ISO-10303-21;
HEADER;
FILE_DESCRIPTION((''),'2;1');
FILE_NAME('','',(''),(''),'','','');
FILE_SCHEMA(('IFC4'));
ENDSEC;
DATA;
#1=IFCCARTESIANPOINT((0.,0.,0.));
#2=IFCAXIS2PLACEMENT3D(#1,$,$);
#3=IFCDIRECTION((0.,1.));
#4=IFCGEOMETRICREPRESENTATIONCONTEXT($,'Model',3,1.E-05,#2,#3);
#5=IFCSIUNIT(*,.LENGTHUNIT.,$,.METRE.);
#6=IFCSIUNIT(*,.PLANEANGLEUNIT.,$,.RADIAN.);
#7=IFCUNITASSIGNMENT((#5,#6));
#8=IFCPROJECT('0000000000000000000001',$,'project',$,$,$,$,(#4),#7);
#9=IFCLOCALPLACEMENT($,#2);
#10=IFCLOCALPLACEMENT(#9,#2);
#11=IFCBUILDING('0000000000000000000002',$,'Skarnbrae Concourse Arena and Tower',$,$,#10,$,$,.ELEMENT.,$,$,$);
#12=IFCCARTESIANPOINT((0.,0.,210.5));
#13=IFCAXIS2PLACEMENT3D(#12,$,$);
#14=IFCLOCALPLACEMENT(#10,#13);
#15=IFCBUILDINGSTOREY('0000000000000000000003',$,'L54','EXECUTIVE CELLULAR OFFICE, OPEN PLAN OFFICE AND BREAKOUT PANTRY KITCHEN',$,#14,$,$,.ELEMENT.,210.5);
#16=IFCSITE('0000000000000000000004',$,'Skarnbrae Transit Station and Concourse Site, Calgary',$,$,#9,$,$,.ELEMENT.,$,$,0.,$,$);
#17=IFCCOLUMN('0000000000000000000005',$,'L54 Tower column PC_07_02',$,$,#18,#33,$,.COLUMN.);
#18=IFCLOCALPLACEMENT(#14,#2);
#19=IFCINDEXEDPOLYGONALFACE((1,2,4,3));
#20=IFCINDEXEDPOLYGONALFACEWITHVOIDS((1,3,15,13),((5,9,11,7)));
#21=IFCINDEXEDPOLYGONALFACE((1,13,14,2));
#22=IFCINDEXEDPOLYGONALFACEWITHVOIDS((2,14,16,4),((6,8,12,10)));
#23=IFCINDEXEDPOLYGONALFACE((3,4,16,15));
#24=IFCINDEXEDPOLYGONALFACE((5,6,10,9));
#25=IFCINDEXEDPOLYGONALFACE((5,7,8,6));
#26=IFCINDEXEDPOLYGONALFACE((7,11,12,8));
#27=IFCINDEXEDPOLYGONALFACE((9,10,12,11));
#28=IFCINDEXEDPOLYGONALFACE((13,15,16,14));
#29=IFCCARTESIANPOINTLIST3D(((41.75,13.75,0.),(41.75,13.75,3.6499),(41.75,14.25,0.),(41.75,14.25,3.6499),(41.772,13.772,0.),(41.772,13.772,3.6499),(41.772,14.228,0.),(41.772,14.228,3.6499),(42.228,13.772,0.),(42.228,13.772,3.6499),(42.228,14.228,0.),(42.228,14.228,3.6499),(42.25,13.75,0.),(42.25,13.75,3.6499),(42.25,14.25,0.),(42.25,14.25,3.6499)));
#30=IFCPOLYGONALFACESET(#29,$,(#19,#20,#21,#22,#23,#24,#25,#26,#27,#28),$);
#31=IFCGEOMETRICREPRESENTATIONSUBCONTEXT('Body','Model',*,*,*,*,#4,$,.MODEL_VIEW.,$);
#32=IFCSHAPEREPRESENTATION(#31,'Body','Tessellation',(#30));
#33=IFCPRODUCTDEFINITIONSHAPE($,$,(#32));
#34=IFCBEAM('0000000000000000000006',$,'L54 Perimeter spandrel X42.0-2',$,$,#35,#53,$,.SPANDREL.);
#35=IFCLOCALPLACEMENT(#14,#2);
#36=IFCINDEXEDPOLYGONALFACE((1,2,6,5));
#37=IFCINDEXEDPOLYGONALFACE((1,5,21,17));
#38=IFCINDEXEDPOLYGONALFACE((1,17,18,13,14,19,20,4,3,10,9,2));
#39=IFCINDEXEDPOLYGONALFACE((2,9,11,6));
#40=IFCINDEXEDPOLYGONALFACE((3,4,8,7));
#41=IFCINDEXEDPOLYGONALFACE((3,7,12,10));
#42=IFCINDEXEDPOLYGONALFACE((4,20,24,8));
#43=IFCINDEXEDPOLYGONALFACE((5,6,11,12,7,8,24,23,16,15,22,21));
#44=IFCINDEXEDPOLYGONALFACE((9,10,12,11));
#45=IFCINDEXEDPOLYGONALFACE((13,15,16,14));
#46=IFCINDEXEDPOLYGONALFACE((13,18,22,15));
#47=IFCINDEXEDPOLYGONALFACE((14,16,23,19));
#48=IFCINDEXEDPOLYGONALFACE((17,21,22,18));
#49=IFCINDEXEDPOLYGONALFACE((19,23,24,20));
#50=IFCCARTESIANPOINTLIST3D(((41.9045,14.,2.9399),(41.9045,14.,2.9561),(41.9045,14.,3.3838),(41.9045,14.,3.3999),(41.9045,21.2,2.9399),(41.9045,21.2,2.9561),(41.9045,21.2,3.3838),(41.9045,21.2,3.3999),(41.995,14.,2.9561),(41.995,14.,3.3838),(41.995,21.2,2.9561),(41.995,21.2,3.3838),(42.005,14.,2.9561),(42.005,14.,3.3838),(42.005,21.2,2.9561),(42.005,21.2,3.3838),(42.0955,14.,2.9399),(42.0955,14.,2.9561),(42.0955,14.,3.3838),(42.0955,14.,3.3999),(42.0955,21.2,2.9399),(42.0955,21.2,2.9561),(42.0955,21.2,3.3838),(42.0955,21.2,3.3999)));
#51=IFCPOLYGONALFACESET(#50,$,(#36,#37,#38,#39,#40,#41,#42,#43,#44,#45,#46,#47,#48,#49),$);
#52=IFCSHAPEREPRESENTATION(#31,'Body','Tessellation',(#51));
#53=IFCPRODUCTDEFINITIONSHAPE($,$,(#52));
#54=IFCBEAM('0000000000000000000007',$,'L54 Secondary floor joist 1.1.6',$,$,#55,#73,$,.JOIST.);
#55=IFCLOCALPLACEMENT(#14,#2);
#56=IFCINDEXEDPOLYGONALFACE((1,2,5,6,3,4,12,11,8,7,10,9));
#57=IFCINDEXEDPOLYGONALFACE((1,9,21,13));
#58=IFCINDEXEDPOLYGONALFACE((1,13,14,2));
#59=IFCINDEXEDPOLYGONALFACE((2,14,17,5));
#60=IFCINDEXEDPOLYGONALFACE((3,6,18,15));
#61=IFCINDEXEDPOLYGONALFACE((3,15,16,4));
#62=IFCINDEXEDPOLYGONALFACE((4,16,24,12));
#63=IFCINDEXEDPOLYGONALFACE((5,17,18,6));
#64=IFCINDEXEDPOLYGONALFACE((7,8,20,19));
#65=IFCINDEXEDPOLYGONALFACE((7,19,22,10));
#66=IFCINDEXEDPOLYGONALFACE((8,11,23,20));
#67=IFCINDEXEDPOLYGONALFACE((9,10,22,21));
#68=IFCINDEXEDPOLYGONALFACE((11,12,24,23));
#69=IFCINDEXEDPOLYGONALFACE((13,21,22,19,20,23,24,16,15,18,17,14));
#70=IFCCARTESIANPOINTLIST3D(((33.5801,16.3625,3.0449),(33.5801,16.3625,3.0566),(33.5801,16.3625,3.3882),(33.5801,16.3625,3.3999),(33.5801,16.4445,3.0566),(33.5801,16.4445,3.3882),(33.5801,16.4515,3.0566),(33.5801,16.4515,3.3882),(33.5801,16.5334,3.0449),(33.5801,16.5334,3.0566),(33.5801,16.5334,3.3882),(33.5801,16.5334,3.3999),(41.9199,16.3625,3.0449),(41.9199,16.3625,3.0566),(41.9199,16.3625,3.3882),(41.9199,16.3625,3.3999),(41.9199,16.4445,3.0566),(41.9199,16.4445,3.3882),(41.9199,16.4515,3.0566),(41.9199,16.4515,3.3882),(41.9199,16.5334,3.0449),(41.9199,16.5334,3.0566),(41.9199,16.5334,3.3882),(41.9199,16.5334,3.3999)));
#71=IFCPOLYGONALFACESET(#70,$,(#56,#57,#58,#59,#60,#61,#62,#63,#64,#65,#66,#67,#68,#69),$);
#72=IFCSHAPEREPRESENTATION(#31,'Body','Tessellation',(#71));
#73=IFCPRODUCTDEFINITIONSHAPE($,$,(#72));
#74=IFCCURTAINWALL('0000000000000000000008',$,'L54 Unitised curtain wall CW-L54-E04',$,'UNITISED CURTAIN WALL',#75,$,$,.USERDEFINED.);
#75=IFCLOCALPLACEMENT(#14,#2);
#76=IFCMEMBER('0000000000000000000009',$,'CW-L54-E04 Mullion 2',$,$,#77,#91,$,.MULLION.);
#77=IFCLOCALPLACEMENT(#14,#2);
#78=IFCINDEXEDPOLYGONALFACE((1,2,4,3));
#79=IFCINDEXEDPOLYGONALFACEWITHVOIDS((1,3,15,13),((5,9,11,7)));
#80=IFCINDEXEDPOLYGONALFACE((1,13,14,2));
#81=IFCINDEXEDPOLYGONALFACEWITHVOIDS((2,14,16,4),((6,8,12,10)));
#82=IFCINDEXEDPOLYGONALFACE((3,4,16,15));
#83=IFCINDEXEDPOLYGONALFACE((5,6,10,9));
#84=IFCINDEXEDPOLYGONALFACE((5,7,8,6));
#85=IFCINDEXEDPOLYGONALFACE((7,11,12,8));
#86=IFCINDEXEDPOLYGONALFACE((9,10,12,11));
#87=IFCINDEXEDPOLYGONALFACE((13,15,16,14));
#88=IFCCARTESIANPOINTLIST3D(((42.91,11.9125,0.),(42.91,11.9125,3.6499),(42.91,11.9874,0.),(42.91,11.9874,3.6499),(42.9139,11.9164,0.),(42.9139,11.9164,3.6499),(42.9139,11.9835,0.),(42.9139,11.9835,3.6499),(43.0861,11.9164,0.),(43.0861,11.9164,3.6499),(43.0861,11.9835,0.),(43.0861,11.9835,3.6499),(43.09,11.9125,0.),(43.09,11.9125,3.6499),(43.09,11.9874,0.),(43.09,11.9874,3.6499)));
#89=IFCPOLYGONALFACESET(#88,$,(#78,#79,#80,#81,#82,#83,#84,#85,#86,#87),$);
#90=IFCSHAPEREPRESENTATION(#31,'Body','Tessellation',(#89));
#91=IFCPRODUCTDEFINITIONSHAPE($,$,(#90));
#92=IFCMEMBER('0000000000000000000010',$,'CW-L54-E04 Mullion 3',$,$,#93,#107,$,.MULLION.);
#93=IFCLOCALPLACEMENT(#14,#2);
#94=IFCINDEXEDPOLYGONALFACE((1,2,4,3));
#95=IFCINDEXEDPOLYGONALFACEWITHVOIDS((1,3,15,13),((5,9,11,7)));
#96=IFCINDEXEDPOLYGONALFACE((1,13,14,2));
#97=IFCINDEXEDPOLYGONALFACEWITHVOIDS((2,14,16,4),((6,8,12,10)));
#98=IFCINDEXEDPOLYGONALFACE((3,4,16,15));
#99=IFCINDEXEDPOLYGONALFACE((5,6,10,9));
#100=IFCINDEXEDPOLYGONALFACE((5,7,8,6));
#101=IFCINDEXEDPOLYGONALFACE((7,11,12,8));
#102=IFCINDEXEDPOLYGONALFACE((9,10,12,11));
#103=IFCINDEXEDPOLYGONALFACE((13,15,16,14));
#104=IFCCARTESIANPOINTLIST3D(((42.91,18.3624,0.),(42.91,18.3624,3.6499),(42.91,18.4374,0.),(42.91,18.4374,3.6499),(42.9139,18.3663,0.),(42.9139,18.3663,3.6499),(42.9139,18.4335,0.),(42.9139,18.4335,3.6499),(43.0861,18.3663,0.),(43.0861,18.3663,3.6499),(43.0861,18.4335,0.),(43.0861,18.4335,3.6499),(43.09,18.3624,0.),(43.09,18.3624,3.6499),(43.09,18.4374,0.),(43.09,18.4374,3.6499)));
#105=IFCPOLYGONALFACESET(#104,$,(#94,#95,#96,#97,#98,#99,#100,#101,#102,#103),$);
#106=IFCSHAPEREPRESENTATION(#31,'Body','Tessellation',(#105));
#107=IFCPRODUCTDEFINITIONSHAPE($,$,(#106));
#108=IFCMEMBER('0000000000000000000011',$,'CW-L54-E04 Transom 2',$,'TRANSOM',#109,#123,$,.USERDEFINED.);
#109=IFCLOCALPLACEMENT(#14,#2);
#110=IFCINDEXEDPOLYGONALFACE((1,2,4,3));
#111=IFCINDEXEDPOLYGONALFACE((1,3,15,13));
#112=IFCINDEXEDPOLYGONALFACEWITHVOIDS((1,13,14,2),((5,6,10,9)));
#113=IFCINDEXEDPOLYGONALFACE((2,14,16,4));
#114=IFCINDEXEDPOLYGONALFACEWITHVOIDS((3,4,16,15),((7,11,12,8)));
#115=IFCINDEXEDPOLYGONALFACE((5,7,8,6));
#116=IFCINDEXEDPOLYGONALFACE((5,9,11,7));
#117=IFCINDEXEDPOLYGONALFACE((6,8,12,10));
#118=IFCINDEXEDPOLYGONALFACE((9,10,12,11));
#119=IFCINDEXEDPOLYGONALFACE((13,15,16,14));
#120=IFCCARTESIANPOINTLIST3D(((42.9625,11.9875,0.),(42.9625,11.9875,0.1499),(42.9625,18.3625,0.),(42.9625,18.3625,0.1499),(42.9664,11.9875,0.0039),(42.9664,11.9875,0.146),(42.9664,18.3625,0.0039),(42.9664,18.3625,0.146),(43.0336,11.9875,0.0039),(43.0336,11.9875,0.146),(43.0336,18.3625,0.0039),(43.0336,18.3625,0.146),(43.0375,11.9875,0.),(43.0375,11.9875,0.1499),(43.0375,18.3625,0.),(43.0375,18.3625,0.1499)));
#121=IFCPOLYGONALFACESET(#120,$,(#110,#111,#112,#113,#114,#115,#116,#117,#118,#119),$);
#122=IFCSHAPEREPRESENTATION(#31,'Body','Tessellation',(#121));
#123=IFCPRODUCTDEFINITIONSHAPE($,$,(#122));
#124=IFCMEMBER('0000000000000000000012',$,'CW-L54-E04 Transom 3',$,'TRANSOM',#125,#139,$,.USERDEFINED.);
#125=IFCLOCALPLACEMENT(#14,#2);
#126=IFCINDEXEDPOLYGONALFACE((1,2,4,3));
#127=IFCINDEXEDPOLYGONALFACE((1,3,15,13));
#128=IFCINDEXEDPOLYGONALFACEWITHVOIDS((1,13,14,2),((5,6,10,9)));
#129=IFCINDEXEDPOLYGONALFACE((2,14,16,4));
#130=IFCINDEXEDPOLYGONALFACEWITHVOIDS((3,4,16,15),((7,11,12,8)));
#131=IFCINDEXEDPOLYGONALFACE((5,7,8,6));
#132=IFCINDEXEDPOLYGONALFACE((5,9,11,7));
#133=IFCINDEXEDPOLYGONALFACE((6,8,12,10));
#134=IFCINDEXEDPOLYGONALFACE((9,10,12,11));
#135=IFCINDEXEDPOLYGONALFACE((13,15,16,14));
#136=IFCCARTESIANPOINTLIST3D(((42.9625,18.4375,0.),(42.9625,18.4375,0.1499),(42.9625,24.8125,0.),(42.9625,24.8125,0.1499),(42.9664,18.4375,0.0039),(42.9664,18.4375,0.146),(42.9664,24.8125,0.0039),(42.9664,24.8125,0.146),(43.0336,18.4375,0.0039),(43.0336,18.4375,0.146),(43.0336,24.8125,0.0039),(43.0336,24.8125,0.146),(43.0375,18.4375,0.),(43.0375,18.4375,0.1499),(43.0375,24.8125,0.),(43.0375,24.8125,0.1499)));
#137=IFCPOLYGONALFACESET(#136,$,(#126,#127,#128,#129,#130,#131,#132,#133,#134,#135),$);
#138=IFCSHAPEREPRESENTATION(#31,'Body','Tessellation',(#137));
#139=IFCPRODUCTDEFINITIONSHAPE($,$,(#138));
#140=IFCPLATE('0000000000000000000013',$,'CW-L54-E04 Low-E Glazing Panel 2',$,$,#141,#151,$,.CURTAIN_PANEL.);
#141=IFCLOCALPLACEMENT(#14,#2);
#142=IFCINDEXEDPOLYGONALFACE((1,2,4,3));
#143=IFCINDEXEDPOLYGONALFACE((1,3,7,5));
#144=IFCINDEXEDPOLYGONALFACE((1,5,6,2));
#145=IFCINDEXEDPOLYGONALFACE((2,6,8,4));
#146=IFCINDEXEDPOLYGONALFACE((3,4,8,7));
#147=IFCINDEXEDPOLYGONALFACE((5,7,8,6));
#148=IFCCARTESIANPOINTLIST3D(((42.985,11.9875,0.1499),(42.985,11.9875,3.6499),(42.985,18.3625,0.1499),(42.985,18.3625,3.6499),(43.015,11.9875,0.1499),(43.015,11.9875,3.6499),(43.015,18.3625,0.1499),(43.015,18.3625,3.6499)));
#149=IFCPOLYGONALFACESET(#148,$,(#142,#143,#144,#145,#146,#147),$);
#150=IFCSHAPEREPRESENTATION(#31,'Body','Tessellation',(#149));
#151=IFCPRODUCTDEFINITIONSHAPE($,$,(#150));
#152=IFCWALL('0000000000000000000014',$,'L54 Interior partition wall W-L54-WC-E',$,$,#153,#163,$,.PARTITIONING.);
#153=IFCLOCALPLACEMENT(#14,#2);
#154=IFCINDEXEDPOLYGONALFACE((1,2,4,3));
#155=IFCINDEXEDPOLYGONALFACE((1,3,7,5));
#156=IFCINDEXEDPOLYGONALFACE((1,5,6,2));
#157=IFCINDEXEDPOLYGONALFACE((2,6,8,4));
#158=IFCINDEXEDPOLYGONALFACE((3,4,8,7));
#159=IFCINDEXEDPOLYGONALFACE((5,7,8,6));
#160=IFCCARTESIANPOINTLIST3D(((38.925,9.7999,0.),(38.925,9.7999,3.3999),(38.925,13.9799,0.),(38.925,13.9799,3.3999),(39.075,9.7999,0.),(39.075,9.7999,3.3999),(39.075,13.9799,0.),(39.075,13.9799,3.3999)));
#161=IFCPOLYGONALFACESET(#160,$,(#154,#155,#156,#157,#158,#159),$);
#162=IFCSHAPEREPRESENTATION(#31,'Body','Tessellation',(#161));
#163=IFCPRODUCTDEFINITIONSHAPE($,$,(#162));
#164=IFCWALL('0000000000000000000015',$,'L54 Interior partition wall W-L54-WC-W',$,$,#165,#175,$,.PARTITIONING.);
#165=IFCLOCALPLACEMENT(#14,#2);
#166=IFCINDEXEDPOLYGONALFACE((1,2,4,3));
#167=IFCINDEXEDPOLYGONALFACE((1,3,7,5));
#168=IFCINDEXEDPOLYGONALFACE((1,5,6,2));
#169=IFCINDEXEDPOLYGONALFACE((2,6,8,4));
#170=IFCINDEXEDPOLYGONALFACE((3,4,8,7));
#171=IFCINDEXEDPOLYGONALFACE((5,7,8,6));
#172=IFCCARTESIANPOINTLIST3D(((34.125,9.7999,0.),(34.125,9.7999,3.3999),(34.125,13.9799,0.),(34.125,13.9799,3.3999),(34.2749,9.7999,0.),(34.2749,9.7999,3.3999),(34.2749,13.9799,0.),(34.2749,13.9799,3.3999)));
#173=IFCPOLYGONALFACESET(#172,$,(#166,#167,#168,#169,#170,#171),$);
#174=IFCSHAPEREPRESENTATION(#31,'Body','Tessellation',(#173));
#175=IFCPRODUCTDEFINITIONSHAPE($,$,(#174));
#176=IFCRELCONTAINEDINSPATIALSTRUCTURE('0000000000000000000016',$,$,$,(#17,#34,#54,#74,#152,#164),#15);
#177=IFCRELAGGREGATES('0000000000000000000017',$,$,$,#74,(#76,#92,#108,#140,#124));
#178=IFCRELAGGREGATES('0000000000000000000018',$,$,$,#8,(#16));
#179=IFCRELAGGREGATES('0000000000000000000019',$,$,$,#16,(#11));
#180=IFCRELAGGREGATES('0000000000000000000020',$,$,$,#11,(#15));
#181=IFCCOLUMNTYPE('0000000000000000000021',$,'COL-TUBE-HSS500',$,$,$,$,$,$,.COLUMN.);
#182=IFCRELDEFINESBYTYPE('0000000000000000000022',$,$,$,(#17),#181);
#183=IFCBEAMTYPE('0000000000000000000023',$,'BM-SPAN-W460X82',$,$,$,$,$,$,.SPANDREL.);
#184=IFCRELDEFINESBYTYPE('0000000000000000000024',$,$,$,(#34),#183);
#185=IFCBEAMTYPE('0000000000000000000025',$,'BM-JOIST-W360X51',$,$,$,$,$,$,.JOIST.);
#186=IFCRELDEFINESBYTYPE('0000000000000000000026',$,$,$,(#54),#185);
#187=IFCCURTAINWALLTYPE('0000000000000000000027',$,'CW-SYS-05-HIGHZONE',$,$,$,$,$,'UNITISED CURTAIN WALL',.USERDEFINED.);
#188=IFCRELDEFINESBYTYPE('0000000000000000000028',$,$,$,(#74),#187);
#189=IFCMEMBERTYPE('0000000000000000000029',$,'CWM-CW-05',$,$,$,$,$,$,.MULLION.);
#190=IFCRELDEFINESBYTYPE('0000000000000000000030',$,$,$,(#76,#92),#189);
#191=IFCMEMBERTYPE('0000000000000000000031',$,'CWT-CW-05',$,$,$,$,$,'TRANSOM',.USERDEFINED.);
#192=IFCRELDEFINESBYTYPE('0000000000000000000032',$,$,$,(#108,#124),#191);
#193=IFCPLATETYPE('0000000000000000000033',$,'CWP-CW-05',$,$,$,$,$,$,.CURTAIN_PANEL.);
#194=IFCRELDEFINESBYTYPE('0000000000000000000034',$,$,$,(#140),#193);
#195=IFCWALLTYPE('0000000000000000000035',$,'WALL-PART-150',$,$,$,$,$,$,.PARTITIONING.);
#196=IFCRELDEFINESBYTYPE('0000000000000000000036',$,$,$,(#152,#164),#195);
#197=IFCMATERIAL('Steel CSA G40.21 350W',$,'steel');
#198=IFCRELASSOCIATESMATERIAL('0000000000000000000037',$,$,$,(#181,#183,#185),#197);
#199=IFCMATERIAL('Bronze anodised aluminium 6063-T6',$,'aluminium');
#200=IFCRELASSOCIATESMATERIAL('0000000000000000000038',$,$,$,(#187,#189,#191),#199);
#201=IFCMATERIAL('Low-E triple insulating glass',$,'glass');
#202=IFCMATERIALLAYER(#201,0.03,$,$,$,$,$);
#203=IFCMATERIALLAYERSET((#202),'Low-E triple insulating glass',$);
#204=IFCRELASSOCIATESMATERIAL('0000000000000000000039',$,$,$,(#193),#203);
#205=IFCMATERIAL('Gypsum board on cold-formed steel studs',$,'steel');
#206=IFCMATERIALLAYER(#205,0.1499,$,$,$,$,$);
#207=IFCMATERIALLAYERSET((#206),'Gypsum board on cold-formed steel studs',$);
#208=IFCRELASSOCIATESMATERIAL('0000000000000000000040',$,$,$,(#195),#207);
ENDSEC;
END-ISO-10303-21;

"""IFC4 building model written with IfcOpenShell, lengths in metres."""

from ifc_helpers import new_model, si_unit, direction, frame, frame_2d, origin, origin_2d, place, context, subcontext, project, spatial, rectangle, hollow_rectangle, i_section, extrude, source, transform, mapped, material, layer, layer_set, material_profile, profile_set, type_object, element, aggregate, save


model = new_model("IFC4")

# Units and contexts
model_context = context("Model", 3, precision=1e-05, world=origin(), true_north=direction((0.0, 1.0)))
body_context = subcontext(model_context, "Body", "Model", "MODEL_VIEW")
ifc_project = project(units=[si_unit("LENGTHUNIT", "METRE"), si_unit("PLANEANGLEUNIT", "RADIAN")], contexts=[model_context])

# Site, building, storey
site_placement = place(None, origin())
site = spatial("IfcSite", under=ifc_project, at=site_placement, Name="Skarnbrae Transit Station and Concourse Site, Calgary", CompositionType="ELEMENT", RefElevation=0.0)
building_placement = place(site_placement, origin())
building = spatial("IfcBuilding", under=site, at=building_placement, Name="Skarnbrae Concourse Arena and Tower", CompositionType="ELEMENT")
storey_placement = place(building_placement, frame((0.0, 0.0, 210.5)))
storey = spatial("IfcBuildingStorey", under=building, at=storey_placement, Name="L54", Description="EXECUTIVE CELLULAR OFFICE, OPEN PLAN OFFICE AND BREAKOUT PANTRY KITCHEN", CompositionType="ELEMENT", Elevation=210.5)

# Column
ifc_material_1 = material(Name="Steel CSA G40.21 350W", Category="steel")
ifc_material_profile_1 = material_profile(ifc_material_1, hollow_rectangle(XDim=0.5, YDim=0.5, WallThickness=0.022, at=origin_2d()), Name="HSS500X500X22.0")
ifc_profile_set_1 = profile_set([ifc_material_profile_1], Name="Steel CSA G40.21 350W")
column_type = type_object("IfcColumnType", Name="COL-TUBE-HSS500", PredefinedType="COLUMN", material=ifc_profile_set_1)
shared_shape_1 = source(origin(), body_context, "Body", "SweptSolid", [
    extrude(hollow_rectangle(XDim=0.5, YDim=0.5, WallThickness=0.022, at=origin_2d()), origin(), (0.0, 0.0, 1.0), 3.6499),
])
column_placement = place(storey_placement, frame((42.0, 14.0, 0.0), z_axis=(0.0, 0.0, 1.0), x_axis=(1.0, 0.0, 0.0)))
element("IfcColumn", 1, at=column_placement, inside=storey, type_object=column_type, Name="L54 Tower column PC_07_02", PredefinedType="COLUMN", context=body_context, shape_type="MappedRepresentation", body=[
    mapped(shared_shape_1, transform((0.0, 0.0, 0.0))),
])

# Beams
ifc_material_profile_2 = material_profile(ifc_material_1, i_section(OverallWidth=0.1909, OverallDepth=0.46, WebThickness=0.01, FlangeThickness=0.0161, at=origin_2d()), Name="W460X82")
ifc_profile_set_2 = profile_set([ifc_material_profile_2], Name="Steel CSA G40.21 350W")
beam_type_1 = type_object("IfcBeamType", Name="BM-SPAN-W460X82", PredefinedType="SPANDREL", material=ifc_profile_set_2)
shared_shape_2 = source(origin(), body_context, "Body", "SweptSolid", [
    extrude(i_section(OverallWidth=0.1909, OverallDepth=0.46, WebThickness=0.01, FlangeThickness=0.0161, at=origin_2d()), origin(), (0.0, 0.0, 1.0), 7.2),
])
beam_1_placement = place(storey_placement, frame((42.0, 14.0, 3.1699), z_axis=(0.0, 1.0, 0.0), x_axis=(-1.0, 0.0, 0.0)))
element("IfcBeam", 2, at=beam_1_placement, inside=storey, type_object=beam_type_1, Name="L54 Perimeter spandrel X42.0-2", PredefinedType="SPANDREL", context=body_context, shape_type="MappedRepresentation", body=[
    mapped(shared_shape_2, transform((0.0, 0.0, 0.0))),
])
ifc_material_profile_3 = material_profile(ifc_material_1, i_section(OverallWidth=0.1709, OverallDepth=0.355, WebThickness=0.0071, FlangeThickness=0.0117, at=origin_2d()), Name="W360X51")
ifc_profile_set_3 = profile_set([ifc_material_profile_3], Name="Steel CSA G40.21 350W")
beam_type_2 = type_object("IfcBeamType", Name="BM-JOIST-W360X51", PredefinedType="JOIST", material=ifc_profile_set_3)
shared_shape_3 = source(origin(), body_context, "Body", "SweptSolid", [
    extrude(i_section(OverallWidth=0.1709, OverallDepth=0.355, WebThickness=0.0071, FlangeThickness=0.0117, at=origin_2d()), origin(), (0.0, 0.0, 1.0), 8.3398),
])
beam_2_placement = place(storey_placement, frame((33.5801, 16.448, 3.2224), z_axis=(1.0, 0.0, 0.0), x_axis=(0.0, 1.0, 0.0)))
element("IfcBeam", 3, at=beam_2_placement, inside=storey, type_object=beam_type_2, Name="L54 Secondary floor joist 1.1.6", PredefinedType="JOIST", context=body_context, shape_type="MappedRepresentation", body=[
    mapped(shared_shape_3, transform((0.0, 0.0, 0.0))),
])

# Curtain wall, members, plate
ifc_material_2 = material(Name="Bronze anodised aluminium 6063-T6", Category="aluminium")
curtain_wall_type = type_object("IfcCurtainWallType", Name="CW-SYS-05-HIGHZONE", ElementType="UNITISED CURTAIN WALL", PredefinedType="USERDEFINED", material=ifc_material_2)
curtain_wall_placement = place(storey_placement, origin())
curtain_wall = element("IfcCurtainWall", 4, at=curtain_wall_placement, inside=storey, type_object=curtain_wall_type, Name="L54 Unitised curtain wall CW-L54-E04", ObjectType="UNITISED CURTAIN WALL", PredefinedType="USERDEFINED")
ifc_material_profile_4 = material_profile(ifc_material_2, hollow_rectangle(XDim=0.075, YDim=0.1799, WallThickness=0.0039, at=origin_2d()), Name="ALU-MULL-75X180")
ifc_profile_set_4 = profile_set([ifc_material_profile_4], Name="Bronze anodised aluminium 6063-T6")
member_type_1 = type_object("IfcMemberType", Name="CWM-CW-05", PredefinedType="MULLION", material=ifc_profile_set_4)
shared_shape_4 = source(origin(), body_context, "Body", "SweptSolid", [
    extrude(hollow_rectangle(XDim=0.075, YDim=0.1799, WallThickness=0.0039, at=origin_2d()), origin(), (0.0, 0.0, 1.0), 3.6499),
])
member_1_placement = place(storey_placement, frame((43.0, 11.95, 0.0), z_axis=(0.0, 0.0, 1.0), x_axis=(0.0, 1.0, 0.0)))
member_1 = element("IfcMember", 5, at=member_1_placement, type_object=member_type_1, Name="CW-L54-E04 Mullion 2", PredefinedType="MULLION", context=body_context, shape_type="MappedRepresentation", body=[
    mapped(shared_shape_4, transform((0.0, 0.0, 0.0))),
])
member_2_placement = place(storey_placement, frame((43.0, 18.3999, 0.0), z_axis=(0.0, 0.0, 1.0), x_axis=(0.0, 1.0, 0.0)))
member_2 = element("IfcMember", 6, at=member_2_placement, type_object=member_type_1, Name="CW-L54-E04 Mullion 3", PredefinedType="MULLION", context=body_context, shape_type="MappedRepresentation", body=[
    mapped(shared_shape_4, transform((0.0, 0.0, 0.0))),
])
ifc_material_profile_5 = material_profile(ifc_material_2, hollow_rectangle(XDim=0.075, YDim=0.1499, WallThickness=0.0039, at=origin_2d()), Name="ALU-TRAN-75X150")
ifc_profile_set_5 = profile_set([ifc_material_profile_5], Name="Bronze anodised aluminium 6063-T6")
member_type_2 = type_object("IfcMemberType", Name="CWT-CW-05", ElementType="TRANSOM", PredefinedType="USERDEFINED", material=ifc_profile_set_5)
shared_shape_5 = source(origin(), body_context, "Body", "SweptSolid", [
    extrude(hollow_rectangle(XDim=0.075, YDim=0.1499, WallThickness=0.0039, at=origin_2d()), origin(), (0.0, 0.0, 1.0), 6.375),
])
member_3_placement = place(storey_placement, frame((43.0, 11.9875, 0.075), z_axis=(0.0, 1.0, 0.0), x_axis=(-1.0, 0.0, 0.0)))
member_3 = element("IfcMember", 7, at=member_3_placement, type_object=member_type_2, Name="CW-L54-E04 Transom 2", ObjectType="TRANSOM", PredefinedType="USERDEFINED", context=body_context, shape_type="MappedRepresentation", body=[
    mapped(shared_shape_5, transform((0.0, 0.0, 0.0))),
])
member_4_placement = place(storey_placement, frame((43.0, 18.4375, 0.075), z_axis=(0.0, 1.0, 0.0), x_axis=(-1.0, 0.0, 0.0)))
member_4 = element("IfcMember", 8, at=member_4_placement, type_object=member_type_2, Name="CW-L54-E04 Transom 3", ObjectType="TRANSOM", PredefinedType="USERDEFINED", context=body_context, shape_type="MappedRepresentation", body=[
    mapped(shared_shape_5, transform((0.0, 0.0, 0.0))),
])
ifc_material_3 = material(Name="Low-E triple insulating glass", Category="glass")
ifc_layer_1 = layer(ifc_material_3, 0.03)
ifc_layer_set_1 = layer_set([ifc_layer_1], Name="Low-E triple insulating glass")
plate_type = type_object("IfcPlateType", Name="CWP-CW-05", PredefinedType="CURTAIN_PANEL", material=ifc_layer_set_1)
shared_shape_6 = source(origin(), body_context, "Body", "SweptSolid", [
    extrude(rectangle(XDim=6.375, YDim=0.03, at=origin_2d()), origin(), (0.0, 0.0, 1.0), 3.5),
])
plate_placement = place(storey_placement, frame((43.0, 15.175, 0.1499), z_axis=(0.0, 0.0, 1.0), x_axis=(0.0, 1.0, 0.0)))
plate = element("IfcPlate", 9, at=plate_placement, type_object=plate_type, Name="CW-L54-E04 Low-E Glazing Panel 2", PredefinedType="CURTAIN_PANEL", context=body_context, shape_type="MappedRepresentation", body=[
    mapped(shared_shape_6, transform((0.0, 0.0, 0.0))),
])
aggregate(curtain_wall, [member_1, member_2, member_3, plate, member_4])

# Walls
ifc_material_4 = material(Name="Gypsum board on cold-formed steel studs", Category="steel")
ifc_layer_2 = layer(ifc_material_4, 0.1499)
ifc_layer_set_2 = layer_set([ifc_layer_2], Name="Gypsum board on cold-formed steel studs")
wall_type_1 = type_object("IfcWallType", Name="WALL-PART-150", PredefinedType="PARTITIONING", material=ifc_layer_set_2)
shared_shape_7 = source(origin(), body_context, "Body", "SweptSolid", [
    extrude(rectangle(XDim=4.1799, YDim=0.1499, at=frame_2d((2.0898, 0.0))), origin(), (0.0, 0.0, 1.0), 3.3999),
])
for number, where, z_axis, x_axis, name in (
    (10, (39.0, 9.8, 0.0), (0.0, 0.0, 1.0), (0.0, 1.0, 0.0), "L54 Interior partition wall W-L54-WC-E"),
    (11, (34.2, 9.8, 0.0), (0.0, 0.0, 1.0), (0.0, 1.0, 0.0), "L54 Interior partition wall W-L54-WC-W"),
):
    element("IfcWall", number, at=place(storey_placement, frame(where, z_axis=z_axis, x_axis=x_axis)), inside=storey, type_object=wall_type_1, Name=name, PredefinedType="PARTITIONING", context=body_context, shape_type="MappedRepresentation", body=[
        mapped(shared_shape_7, transform((0.0, 0.0, 0.0))),
    ])

save(model, "model.ifc")
